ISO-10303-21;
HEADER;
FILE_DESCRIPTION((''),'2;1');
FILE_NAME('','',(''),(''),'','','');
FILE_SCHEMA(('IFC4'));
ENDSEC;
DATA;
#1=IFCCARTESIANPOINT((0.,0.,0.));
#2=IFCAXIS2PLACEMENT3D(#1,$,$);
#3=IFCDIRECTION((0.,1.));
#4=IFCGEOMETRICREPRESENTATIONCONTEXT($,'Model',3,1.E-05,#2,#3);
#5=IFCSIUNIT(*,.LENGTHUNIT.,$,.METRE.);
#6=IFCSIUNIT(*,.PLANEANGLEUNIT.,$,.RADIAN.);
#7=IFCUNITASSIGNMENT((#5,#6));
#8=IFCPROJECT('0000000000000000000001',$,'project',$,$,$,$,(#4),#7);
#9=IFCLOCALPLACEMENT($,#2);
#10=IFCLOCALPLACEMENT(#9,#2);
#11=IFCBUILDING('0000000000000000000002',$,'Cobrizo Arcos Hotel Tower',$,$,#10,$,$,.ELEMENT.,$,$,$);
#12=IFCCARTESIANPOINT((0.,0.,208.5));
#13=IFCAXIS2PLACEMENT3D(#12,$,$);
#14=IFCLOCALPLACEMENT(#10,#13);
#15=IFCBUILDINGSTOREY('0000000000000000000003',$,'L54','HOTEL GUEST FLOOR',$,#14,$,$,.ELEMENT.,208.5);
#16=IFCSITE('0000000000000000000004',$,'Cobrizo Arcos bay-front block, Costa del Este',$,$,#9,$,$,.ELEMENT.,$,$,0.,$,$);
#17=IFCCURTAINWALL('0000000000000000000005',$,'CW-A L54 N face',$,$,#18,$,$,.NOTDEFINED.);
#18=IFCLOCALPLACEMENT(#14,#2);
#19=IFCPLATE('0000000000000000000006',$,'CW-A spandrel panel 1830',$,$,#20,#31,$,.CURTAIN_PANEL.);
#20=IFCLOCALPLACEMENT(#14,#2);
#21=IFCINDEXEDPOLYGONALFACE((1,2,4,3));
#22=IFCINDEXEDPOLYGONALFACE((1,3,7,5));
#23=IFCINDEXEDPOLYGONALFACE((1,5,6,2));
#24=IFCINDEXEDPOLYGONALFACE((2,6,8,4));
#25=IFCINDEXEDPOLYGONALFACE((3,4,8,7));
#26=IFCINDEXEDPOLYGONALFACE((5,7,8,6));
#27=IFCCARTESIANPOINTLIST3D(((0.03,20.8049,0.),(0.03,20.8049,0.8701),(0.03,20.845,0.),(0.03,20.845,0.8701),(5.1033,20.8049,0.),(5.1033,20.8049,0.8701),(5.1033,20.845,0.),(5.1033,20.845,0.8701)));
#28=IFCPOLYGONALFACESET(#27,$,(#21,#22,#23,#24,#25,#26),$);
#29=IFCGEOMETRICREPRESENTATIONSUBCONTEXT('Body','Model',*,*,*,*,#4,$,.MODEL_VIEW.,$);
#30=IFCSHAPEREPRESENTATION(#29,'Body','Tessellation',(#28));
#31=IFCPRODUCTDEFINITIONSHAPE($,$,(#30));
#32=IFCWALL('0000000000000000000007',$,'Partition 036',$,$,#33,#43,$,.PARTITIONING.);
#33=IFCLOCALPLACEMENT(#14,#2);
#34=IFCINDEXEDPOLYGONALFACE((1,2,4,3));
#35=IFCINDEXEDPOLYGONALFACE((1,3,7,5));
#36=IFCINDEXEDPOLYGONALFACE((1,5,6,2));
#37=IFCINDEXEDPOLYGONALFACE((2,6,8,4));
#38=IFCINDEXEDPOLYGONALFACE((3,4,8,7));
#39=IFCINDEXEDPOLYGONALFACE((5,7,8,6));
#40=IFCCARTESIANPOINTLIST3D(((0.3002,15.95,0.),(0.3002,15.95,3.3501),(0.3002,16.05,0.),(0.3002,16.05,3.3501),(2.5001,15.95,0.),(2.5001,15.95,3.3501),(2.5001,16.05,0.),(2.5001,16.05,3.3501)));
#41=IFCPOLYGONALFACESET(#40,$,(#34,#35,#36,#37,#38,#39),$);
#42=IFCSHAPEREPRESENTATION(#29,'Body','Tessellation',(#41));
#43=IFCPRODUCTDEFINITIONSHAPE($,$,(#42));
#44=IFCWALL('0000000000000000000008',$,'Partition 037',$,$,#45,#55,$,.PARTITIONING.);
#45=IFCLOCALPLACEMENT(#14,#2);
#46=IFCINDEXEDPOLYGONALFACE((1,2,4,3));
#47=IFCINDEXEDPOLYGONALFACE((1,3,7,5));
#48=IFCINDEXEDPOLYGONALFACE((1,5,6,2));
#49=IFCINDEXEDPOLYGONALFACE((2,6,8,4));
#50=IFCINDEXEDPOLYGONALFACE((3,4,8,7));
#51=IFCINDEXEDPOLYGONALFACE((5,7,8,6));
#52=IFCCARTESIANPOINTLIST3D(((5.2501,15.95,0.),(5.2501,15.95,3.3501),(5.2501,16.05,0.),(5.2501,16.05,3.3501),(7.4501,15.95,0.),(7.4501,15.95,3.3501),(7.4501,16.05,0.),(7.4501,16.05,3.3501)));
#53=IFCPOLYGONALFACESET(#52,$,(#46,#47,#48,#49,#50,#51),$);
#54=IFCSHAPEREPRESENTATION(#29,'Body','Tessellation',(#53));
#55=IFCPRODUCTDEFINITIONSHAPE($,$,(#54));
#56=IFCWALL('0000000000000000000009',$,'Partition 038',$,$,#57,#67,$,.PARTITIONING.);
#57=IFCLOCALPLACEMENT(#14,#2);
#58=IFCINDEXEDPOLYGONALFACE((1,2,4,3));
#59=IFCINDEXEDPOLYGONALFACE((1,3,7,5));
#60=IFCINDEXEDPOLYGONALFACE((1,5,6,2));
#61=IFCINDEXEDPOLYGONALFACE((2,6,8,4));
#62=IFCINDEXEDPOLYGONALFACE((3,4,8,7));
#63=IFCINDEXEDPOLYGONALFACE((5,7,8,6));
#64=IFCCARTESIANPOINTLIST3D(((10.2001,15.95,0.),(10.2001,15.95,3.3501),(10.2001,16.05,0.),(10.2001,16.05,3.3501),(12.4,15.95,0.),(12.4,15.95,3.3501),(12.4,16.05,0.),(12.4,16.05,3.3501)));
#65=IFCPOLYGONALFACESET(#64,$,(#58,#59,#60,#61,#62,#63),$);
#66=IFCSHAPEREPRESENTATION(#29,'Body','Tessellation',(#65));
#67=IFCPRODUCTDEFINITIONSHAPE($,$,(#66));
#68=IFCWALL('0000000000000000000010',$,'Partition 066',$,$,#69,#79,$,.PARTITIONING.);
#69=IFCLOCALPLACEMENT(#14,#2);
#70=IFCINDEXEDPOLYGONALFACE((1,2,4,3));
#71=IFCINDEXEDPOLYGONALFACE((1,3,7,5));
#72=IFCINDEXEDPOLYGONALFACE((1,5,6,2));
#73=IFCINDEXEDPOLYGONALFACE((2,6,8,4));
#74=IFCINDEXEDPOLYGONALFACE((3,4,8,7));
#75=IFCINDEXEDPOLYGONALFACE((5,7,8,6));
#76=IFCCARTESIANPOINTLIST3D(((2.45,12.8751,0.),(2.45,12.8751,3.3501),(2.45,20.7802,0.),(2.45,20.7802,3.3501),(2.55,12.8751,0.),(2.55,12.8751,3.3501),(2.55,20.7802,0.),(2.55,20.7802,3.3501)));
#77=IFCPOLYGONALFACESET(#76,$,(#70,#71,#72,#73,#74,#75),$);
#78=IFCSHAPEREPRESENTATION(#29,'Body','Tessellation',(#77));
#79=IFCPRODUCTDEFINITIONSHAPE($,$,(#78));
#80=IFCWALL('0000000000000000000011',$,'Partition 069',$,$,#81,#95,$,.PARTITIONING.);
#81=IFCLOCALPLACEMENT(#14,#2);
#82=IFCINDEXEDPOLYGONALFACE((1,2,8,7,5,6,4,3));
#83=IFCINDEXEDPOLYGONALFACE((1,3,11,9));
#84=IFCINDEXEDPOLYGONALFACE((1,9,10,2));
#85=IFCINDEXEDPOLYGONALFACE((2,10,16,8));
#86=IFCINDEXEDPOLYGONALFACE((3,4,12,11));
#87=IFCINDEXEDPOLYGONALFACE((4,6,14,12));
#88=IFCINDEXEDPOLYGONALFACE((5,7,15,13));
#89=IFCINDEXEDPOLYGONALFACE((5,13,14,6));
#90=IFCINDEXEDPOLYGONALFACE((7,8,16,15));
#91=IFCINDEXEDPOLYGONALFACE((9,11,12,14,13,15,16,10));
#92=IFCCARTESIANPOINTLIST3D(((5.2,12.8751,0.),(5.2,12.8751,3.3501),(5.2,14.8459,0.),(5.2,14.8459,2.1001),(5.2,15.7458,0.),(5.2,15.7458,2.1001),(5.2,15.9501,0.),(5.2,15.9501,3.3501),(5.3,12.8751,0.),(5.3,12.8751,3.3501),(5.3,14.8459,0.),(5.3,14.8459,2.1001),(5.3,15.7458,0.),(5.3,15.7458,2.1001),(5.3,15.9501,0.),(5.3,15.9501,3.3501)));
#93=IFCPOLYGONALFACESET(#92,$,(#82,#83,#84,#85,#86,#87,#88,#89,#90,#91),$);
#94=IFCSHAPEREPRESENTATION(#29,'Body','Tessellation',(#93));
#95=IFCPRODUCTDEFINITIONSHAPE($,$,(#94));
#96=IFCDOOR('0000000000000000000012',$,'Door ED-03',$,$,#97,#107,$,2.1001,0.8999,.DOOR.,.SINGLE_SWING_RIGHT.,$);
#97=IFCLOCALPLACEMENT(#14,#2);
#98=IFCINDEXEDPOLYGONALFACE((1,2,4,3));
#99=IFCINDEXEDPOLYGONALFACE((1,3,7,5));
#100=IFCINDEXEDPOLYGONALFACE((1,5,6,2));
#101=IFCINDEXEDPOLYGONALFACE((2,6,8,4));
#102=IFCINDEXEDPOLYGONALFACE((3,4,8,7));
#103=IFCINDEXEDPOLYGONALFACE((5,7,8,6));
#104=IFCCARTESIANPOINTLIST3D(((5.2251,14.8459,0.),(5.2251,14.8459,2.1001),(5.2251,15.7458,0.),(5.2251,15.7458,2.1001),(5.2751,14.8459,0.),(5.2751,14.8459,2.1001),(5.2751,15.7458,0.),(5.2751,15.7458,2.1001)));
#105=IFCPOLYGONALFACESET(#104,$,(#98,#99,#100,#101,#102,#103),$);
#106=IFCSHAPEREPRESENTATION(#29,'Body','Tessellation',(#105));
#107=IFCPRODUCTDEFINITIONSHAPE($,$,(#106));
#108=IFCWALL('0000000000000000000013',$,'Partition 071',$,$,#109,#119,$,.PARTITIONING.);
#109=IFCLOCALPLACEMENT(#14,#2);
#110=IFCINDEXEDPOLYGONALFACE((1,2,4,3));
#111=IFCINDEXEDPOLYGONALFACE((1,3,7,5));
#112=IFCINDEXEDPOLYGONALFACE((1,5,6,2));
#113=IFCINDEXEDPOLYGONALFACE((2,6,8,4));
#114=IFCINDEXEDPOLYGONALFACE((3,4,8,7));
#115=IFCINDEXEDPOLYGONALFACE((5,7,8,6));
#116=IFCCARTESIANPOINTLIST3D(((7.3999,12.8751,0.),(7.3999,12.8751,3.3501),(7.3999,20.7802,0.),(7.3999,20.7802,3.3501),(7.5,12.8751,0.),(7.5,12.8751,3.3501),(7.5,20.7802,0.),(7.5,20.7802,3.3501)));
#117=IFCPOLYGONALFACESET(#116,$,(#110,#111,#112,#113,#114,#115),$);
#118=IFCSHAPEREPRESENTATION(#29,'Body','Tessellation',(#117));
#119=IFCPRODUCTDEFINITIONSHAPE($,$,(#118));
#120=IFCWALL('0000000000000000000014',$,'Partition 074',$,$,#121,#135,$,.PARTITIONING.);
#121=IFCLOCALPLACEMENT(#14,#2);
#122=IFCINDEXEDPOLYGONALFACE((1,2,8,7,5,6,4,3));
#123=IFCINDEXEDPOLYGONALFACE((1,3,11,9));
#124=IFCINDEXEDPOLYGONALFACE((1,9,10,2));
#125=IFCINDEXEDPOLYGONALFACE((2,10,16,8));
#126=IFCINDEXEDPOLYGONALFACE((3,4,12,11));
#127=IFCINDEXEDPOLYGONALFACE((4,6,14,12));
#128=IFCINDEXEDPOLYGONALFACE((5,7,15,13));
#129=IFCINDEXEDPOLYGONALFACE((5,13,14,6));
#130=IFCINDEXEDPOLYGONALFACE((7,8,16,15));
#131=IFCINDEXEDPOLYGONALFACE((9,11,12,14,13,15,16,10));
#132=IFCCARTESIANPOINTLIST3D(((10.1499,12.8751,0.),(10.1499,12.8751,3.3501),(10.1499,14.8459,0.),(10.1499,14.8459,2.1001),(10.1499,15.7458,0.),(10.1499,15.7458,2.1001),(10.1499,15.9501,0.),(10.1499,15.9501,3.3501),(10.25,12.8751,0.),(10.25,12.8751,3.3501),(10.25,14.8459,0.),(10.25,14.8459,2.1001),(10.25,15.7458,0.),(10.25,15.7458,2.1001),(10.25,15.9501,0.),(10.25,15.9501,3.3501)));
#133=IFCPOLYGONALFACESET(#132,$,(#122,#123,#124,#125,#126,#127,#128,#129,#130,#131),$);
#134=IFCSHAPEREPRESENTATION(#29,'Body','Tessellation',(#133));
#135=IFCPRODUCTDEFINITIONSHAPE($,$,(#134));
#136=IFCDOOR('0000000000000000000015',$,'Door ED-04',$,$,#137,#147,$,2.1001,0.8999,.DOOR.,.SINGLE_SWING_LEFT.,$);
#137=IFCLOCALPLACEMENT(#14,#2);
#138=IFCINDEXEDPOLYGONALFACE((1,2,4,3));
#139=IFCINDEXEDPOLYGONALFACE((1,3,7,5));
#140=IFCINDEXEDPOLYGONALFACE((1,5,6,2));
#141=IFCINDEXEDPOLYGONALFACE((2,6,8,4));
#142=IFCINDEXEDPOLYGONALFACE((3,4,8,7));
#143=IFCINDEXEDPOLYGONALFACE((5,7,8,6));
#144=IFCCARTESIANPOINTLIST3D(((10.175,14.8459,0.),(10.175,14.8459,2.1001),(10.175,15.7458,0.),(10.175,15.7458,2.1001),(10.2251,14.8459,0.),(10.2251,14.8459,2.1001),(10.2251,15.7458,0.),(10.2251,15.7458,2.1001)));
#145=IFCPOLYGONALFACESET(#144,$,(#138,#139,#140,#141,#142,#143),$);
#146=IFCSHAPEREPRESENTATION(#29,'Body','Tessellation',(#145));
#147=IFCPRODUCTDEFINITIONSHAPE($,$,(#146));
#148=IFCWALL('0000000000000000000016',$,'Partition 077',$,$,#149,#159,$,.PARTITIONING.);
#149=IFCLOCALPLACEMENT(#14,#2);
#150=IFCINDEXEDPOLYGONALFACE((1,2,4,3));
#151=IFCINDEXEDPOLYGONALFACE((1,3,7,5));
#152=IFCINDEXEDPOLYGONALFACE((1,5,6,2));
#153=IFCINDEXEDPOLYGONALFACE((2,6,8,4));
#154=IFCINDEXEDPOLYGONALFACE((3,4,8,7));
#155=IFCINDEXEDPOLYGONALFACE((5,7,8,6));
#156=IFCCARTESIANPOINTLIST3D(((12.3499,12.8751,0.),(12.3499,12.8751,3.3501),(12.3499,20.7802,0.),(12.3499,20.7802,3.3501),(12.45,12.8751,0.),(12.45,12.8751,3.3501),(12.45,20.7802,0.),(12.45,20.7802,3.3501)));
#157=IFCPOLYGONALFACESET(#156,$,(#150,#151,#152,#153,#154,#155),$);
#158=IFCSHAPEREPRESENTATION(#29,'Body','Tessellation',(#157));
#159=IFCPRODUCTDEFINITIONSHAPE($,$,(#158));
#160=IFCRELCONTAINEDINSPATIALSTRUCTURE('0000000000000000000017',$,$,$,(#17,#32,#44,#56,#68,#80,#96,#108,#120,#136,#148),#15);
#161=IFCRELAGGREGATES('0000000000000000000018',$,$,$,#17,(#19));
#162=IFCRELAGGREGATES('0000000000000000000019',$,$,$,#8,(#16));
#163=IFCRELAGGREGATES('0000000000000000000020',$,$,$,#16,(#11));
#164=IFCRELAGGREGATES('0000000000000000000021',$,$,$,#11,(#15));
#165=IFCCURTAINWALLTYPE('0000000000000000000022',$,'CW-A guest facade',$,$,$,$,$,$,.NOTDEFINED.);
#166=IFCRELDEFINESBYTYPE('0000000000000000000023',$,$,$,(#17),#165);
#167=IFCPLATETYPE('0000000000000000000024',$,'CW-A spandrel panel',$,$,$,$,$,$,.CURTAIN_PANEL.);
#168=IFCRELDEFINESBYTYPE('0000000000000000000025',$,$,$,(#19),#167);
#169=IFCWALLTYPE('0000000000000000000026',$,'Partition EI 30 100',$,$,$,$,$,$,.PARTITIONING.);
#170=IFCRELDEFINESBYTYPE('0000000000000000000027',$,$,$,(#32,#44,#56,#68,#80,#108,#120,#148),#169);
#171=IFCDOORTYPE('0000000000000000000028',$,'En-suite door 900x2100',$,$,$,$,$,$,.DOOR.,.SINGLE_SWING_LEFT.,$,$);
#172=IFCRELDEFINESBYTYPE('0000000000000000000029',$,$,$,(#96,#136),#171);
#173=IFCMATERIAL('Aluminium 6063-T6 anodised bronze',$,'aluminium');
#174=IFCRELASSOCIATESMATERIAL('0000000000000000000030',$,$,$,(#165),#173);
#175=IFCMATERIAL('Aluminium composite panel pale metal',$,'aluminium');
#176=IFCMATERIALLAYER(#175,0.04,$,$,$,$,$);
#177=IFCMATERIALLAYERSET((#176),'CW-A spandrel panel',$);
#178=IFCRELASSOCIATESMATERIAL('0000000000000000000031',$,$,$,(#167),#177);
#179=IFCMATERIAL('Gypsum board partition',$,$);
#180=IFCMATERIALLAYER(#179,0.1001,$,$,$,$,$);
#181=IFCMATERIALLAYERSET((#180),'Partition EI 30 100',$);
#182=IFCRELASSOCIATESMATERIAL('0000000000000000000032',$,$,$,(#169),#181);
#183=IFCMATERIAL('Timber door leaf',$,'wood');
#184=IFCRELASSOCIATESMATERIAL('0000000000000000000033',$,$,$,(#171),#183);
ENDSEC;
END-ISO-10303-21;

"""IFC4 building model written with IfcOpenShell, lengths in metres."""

from ifc_helpers import new_model, si_unit, direction, frame, frame_2d, origin, origin_2d, place, context, subcontext, project, spatial, rectangle, extrude, material, layer, layer_set, type_object, element, fill, aggregate, save


model = new_model("IFC4")

# Units and contexts
model_context = context("Model", 3, precision=1e-05, world=origin(), true_north=direction((0.0, 1.0)))
body_context = subcontext(model_context, "Body", "Model", "MODEL_VIEW")
ifc_project = project(units=[si_unit("LENGTHUNIT", "METRE"), si_unit("PLANEANGLEUNIT", "RADIAN")], contexts=[model_context])

# Site, building, storey
site_placement = place(None, origin())
site = spatial("IfcSite", under=ifc_project, at=site_placement, Name="Cobrizo Arcos bay-front block, Costa del Este", CompositionType="ELEMENT", RefElevation=0.0)
building_placement = place(site_placement, origin())
building = spatial("IfcBuilding", under=site, at=building_placement, Name="Cobrizo Arcos Hotel Tower", CompositionType="ELEMENT")
storey_placement = place(building_placement, frame((0.0, 0.0, 208.5)))
storey = spatial("IfcBuildingStorey", under=building, at=storey_placement, Name="L54", Description="HOTEL GUEST FLOOR", CompositionType="ELEMENT", Elevation=208.5)

# Curtain wall
ifc_material_1 = material(Name="Aluminium 6063-T6 anodised bronze", Category="aluminium")
curtain_wall_type = type_object("IfcCurtainWallType", Name="CW-A guest facade", PredefinedType="NOTDEFINED", material=ifc_material_1)
curtain_wall_placement = place(storey_placement, origin())
curtain_wall = element("IfcCurtainWall", 1, at=curtain_wall_placement, inside=storey, type_object=curtain_wall_type, Name="CW-A L54 N face", PredefinedType="NOTDEFINED")

# Plate
ifc_material_2 = material(Name="Aluminium composite panel pale metal", Category="aluminium")
ifc_layer_1 = layer(ifc_material_2, 0.04)
ifc_layer_set_1 = layer_set([ifc_layer_1], Name="CW-A spandrel panel")
plate_type_1 = type_object("IfcPlateType", Name="CW-A spandrel panel", PredefinedType="CURTAIN_PANEL", material=ifc_layer_set_1)
plate_1_placement = place(storey_placement, frame((2.5667, 20.825, 0.0), z_axis=(0.0, 0.0, 1.0), x_axis=(-1.0, 0.0, 0.0)))
plate_1 = element("IfcPlate", 2, at=plate_1_placement, type_object=plate_type_1, Name="CW-A spandrel panel 1830", PredefinedType="CURTAIN_PANEL", context=body_context, shape_type="SweptSolid", body=[
    extrude(rectangle(XDim=5.0732, YDim=0.04, at=origin_2d()), origin(), (0.0, 0.0, 1.0), 0.8701),
])
aggregate(curtain_wall, [plate_1])

# Walls
ifc_material_3 = material(Name="Gypsum board partition")
ifc_layer_2 = layer(ifc_material_3, 0.1001)
ifc_layer_set_2 = layer_set([ifc_layer_2], Name="Partition EI 30 100")
wall_type = type_object("IfcWallType", Name="Partition EI 30 100", PredefinedType="PARTITIONING", material=ifc_layer_set_2)
for number, where, z_axis, x_axis, name in (
    (3, (0.3, 16.0, 0.0), (0.0, 0.0, 1.0), (1.0, 0.0, 0.0), "Partition 036"),
    (4, (5.25, 16.0, 0.0), (0.0, 0.0, 1.0), (1.0, 0.0, 0.0), "Partition 037"),
    (5, (10.2, 16.0, 0.0), (0.0, 0.0, 1.0), (1.0, 0.0, 0.0), "Partition 038"),
):
    element("IfcWall", number, at=place(storey_placement, frame(where, z_axis=z_axis, x_axis=x_axis)), inside=storey, type_object=wall_type, Name=name, PredefinedType="PARTITIONING", context=body_context, shape_type="SweptSolid", body=[
        extrude(rectangle(XDim=2.2, YDim=0.1001, at=frame_2d((1.1001, 0.0))), origin(), (0.0, 0.0, 1.0), 3.3501),
    ])
wall_1_placement = place(storey_placement, frame((2.5, 12.875, 0.0), z_axis=(0.0, 0.0, 1.0), x_axis=(0.0, 1.0, 0.0)))
element("IfcWall", 6, at=wall_1_placement, inside=storey, type_object=wall_type, Name="Partition 066", PredefinedType="PARTITIONING", context=body_context, shape_type="SweptSolid", body=[
    extrude(rectangle(XDim=7.905, YDim=0.1001, at=frame_2d((3.9526, 0.0))), origin(), (0.0, 0.0, 1.0), 3.3501),
])

# Wall, opening, door
wall_2_placement = place(storey_placement, frame((5.25, 12.875, 0.0), z_axis=(0.0, 0.0, 1.0), x_axis=(0.0, 1.0, 0.0)))
wall_2 = element("IfcWall", 7, at=wall_2_placement, inside=storey, type_object=wall_type, Name="Partition 069", PredefinedType="PARTITIONING", context=body_context, shape_type="SweptSolid", body=[
    extrude(rectangle(XDim=3.075, YDim=0.1001, at=frame_2d((1.5376, 0.0))), origin(), (0.0, 0.0, 1.0), 3.3501),
])
opening_1_placement = place(wall_2_placement, frame((1.9709, 0.0, 0.0)))
opening_1 = element("IfcOpeningElement", 8, at=opening_1_placement, cuts=wall_2, PredefinedType="OPENING", context=body_context, shape_type="SweptSolid", body=[
    extrude(rectangle(XDim=0.8999, YDim=2.1001, at=frame_2d((0.45, 1.05))), frame((0.0, 0.062, 0.0), z_axis=(0.0, -1.0, 0.0), x_axis=(1.0, 0.0, 0.0)), (0.0, 0.0, 1.0), 0.124),
])
ifc_material_4 = material(Name="Timber door leaf", Category="wood")
door_type = type_object("IfcDoorType", Name="En-suite door 900x2100", OperationType="SINGLE_SWING_LEFT", PredefinedType="DOOR", material=ifc_material_4)
door_1_placement = place(opening_1_placement, origin())
door_1 = element("IfcDoor", 9, at=door_1_placement, inside=storey, type_object=door_type, Name="Door ED-03", OperationType="SINGLE_SWING_RIGHT", OverallHeight=2.1001, OverallWidth=0.8999, PredefinedType="DOOR", context=body_context, shape_type="SweptSolid", body=[
    extrude(rectangle(XDim=0.8999, YDim=2.1001, at=frame_2d((0.45, 1.05))), frame((0.0, 0.0249, 0.0), z_axis=(0.0, -1.0, 0.0), x_axis=(1.0, 0.0, 0.0)), (0.0, 0.0, 1.0), 0.05),
])
fill(opening_1, door_1)

# Wall
wall_3_placement = place(storey_placement, frame((7.45, 12.875, 0.0), z_axis=(0.0, 0.0, 1.0), x_axis=(0.0, 1.0, 0.0)))
element("IfcWall", 10, at=wall_3_placement, inside=storey, type_object=wall_type, Name="Partition 071", PredefinedType="PARTITIONING", context=body_context, shape_type="SweptSolid", body=[
    extrude(rectangle(XDim=7.905, YDim=0.1001, at=frame_2d((3.9526, 0.0))), origin(), (0.0, 0.0, 1.0), 3.3501),
])

# Wall, opening, door
wall_4_placement = place(storey_placement, frame((10.2, 12.875, 0.0), z_axis=(0.0, 0.0, 1.0), x_axis=(0.0, 1.0, 0.0)))
wall_4 = element("IfcWall", 11, at=wall_4_placement, inside=storey, type_object=wall_type, Name="Partition 074", PredefinedType="PARTITIONING", context=body_context, shape_type="SweptSolid", body=[
    extrude(rectangle(XDim=3.075, YDim=0.1001, at=frame_2d((1.5376, 0.0))), origin(), (0.0, 0.0, 1.0), 3.3501),
])
opening_2_placement = place(wall_4_placement, frame((1.9709, 0.0, 0.0)))
opening_2 = element("IfcOpeningElement", 12, at=opening_2_placement, cuts=wall_4, PredefinedType="OPENING", context=body_context, shape_type="SweptSolid", body=[
    extrude(rectangle(XDim=0.8999, YDim=2.1001, at=frame_2d((0.45, 1.05))), frame((0.0, 0.062, 0.0), z_axis=(0.0, -1.0, 0.0), x_axis=(1.0, 0.0, 0.0)), (0.0, 0.0, 1.0), 0.124),
])
door_2_placement = place(opening_2_placement, origin())
door_2 = element("IfcDoor", 13, at=door_2_placement, inside=storey, type_object=door_type, Name="Door ED-04", OperationType="SINGLE_SWING_LEFT", OverallHeight=2.1001, OverallWidth=0.8999, PredefinedType="DOOR", context=body_context, shape_type="SweptSolid", body=[
    extrude(rectangle(XDim=0.8999, YDim=2.1001, at=frame_2d((0.45, 1.05))), frame((0.0, 0.0249, 0.0), z_axis=(0.0, -1.0, 0.0), x_axis=(1.0, 0.0, 0.0)), (0.0, 0.0, 1.0), 0.05),
])
fill(opening_2, door_2)

# Wall
wall_5_placement = place(storey_placement, frame((12.3999, 12.875, 0.0), z_axis=(0.0, 0.0, 1.0), x_axis=(0.0, 1.0, 0.0)))
element("IfcWall", 14, at=wall_5_placement, inside=storey, type_object=wall_type, Name="Partition 077", PredefinedType="PARTITIONING", context=body_context, shape_type="SweptSolid", body=[
    extrude(rectangle(XDim=7.905, YDim=0.1001, at=frame_2d((3.9526, 0.0))), origin(), (0.0, 0.0, 1.0), 3.3501),
])

save(model, "model.ifc")
